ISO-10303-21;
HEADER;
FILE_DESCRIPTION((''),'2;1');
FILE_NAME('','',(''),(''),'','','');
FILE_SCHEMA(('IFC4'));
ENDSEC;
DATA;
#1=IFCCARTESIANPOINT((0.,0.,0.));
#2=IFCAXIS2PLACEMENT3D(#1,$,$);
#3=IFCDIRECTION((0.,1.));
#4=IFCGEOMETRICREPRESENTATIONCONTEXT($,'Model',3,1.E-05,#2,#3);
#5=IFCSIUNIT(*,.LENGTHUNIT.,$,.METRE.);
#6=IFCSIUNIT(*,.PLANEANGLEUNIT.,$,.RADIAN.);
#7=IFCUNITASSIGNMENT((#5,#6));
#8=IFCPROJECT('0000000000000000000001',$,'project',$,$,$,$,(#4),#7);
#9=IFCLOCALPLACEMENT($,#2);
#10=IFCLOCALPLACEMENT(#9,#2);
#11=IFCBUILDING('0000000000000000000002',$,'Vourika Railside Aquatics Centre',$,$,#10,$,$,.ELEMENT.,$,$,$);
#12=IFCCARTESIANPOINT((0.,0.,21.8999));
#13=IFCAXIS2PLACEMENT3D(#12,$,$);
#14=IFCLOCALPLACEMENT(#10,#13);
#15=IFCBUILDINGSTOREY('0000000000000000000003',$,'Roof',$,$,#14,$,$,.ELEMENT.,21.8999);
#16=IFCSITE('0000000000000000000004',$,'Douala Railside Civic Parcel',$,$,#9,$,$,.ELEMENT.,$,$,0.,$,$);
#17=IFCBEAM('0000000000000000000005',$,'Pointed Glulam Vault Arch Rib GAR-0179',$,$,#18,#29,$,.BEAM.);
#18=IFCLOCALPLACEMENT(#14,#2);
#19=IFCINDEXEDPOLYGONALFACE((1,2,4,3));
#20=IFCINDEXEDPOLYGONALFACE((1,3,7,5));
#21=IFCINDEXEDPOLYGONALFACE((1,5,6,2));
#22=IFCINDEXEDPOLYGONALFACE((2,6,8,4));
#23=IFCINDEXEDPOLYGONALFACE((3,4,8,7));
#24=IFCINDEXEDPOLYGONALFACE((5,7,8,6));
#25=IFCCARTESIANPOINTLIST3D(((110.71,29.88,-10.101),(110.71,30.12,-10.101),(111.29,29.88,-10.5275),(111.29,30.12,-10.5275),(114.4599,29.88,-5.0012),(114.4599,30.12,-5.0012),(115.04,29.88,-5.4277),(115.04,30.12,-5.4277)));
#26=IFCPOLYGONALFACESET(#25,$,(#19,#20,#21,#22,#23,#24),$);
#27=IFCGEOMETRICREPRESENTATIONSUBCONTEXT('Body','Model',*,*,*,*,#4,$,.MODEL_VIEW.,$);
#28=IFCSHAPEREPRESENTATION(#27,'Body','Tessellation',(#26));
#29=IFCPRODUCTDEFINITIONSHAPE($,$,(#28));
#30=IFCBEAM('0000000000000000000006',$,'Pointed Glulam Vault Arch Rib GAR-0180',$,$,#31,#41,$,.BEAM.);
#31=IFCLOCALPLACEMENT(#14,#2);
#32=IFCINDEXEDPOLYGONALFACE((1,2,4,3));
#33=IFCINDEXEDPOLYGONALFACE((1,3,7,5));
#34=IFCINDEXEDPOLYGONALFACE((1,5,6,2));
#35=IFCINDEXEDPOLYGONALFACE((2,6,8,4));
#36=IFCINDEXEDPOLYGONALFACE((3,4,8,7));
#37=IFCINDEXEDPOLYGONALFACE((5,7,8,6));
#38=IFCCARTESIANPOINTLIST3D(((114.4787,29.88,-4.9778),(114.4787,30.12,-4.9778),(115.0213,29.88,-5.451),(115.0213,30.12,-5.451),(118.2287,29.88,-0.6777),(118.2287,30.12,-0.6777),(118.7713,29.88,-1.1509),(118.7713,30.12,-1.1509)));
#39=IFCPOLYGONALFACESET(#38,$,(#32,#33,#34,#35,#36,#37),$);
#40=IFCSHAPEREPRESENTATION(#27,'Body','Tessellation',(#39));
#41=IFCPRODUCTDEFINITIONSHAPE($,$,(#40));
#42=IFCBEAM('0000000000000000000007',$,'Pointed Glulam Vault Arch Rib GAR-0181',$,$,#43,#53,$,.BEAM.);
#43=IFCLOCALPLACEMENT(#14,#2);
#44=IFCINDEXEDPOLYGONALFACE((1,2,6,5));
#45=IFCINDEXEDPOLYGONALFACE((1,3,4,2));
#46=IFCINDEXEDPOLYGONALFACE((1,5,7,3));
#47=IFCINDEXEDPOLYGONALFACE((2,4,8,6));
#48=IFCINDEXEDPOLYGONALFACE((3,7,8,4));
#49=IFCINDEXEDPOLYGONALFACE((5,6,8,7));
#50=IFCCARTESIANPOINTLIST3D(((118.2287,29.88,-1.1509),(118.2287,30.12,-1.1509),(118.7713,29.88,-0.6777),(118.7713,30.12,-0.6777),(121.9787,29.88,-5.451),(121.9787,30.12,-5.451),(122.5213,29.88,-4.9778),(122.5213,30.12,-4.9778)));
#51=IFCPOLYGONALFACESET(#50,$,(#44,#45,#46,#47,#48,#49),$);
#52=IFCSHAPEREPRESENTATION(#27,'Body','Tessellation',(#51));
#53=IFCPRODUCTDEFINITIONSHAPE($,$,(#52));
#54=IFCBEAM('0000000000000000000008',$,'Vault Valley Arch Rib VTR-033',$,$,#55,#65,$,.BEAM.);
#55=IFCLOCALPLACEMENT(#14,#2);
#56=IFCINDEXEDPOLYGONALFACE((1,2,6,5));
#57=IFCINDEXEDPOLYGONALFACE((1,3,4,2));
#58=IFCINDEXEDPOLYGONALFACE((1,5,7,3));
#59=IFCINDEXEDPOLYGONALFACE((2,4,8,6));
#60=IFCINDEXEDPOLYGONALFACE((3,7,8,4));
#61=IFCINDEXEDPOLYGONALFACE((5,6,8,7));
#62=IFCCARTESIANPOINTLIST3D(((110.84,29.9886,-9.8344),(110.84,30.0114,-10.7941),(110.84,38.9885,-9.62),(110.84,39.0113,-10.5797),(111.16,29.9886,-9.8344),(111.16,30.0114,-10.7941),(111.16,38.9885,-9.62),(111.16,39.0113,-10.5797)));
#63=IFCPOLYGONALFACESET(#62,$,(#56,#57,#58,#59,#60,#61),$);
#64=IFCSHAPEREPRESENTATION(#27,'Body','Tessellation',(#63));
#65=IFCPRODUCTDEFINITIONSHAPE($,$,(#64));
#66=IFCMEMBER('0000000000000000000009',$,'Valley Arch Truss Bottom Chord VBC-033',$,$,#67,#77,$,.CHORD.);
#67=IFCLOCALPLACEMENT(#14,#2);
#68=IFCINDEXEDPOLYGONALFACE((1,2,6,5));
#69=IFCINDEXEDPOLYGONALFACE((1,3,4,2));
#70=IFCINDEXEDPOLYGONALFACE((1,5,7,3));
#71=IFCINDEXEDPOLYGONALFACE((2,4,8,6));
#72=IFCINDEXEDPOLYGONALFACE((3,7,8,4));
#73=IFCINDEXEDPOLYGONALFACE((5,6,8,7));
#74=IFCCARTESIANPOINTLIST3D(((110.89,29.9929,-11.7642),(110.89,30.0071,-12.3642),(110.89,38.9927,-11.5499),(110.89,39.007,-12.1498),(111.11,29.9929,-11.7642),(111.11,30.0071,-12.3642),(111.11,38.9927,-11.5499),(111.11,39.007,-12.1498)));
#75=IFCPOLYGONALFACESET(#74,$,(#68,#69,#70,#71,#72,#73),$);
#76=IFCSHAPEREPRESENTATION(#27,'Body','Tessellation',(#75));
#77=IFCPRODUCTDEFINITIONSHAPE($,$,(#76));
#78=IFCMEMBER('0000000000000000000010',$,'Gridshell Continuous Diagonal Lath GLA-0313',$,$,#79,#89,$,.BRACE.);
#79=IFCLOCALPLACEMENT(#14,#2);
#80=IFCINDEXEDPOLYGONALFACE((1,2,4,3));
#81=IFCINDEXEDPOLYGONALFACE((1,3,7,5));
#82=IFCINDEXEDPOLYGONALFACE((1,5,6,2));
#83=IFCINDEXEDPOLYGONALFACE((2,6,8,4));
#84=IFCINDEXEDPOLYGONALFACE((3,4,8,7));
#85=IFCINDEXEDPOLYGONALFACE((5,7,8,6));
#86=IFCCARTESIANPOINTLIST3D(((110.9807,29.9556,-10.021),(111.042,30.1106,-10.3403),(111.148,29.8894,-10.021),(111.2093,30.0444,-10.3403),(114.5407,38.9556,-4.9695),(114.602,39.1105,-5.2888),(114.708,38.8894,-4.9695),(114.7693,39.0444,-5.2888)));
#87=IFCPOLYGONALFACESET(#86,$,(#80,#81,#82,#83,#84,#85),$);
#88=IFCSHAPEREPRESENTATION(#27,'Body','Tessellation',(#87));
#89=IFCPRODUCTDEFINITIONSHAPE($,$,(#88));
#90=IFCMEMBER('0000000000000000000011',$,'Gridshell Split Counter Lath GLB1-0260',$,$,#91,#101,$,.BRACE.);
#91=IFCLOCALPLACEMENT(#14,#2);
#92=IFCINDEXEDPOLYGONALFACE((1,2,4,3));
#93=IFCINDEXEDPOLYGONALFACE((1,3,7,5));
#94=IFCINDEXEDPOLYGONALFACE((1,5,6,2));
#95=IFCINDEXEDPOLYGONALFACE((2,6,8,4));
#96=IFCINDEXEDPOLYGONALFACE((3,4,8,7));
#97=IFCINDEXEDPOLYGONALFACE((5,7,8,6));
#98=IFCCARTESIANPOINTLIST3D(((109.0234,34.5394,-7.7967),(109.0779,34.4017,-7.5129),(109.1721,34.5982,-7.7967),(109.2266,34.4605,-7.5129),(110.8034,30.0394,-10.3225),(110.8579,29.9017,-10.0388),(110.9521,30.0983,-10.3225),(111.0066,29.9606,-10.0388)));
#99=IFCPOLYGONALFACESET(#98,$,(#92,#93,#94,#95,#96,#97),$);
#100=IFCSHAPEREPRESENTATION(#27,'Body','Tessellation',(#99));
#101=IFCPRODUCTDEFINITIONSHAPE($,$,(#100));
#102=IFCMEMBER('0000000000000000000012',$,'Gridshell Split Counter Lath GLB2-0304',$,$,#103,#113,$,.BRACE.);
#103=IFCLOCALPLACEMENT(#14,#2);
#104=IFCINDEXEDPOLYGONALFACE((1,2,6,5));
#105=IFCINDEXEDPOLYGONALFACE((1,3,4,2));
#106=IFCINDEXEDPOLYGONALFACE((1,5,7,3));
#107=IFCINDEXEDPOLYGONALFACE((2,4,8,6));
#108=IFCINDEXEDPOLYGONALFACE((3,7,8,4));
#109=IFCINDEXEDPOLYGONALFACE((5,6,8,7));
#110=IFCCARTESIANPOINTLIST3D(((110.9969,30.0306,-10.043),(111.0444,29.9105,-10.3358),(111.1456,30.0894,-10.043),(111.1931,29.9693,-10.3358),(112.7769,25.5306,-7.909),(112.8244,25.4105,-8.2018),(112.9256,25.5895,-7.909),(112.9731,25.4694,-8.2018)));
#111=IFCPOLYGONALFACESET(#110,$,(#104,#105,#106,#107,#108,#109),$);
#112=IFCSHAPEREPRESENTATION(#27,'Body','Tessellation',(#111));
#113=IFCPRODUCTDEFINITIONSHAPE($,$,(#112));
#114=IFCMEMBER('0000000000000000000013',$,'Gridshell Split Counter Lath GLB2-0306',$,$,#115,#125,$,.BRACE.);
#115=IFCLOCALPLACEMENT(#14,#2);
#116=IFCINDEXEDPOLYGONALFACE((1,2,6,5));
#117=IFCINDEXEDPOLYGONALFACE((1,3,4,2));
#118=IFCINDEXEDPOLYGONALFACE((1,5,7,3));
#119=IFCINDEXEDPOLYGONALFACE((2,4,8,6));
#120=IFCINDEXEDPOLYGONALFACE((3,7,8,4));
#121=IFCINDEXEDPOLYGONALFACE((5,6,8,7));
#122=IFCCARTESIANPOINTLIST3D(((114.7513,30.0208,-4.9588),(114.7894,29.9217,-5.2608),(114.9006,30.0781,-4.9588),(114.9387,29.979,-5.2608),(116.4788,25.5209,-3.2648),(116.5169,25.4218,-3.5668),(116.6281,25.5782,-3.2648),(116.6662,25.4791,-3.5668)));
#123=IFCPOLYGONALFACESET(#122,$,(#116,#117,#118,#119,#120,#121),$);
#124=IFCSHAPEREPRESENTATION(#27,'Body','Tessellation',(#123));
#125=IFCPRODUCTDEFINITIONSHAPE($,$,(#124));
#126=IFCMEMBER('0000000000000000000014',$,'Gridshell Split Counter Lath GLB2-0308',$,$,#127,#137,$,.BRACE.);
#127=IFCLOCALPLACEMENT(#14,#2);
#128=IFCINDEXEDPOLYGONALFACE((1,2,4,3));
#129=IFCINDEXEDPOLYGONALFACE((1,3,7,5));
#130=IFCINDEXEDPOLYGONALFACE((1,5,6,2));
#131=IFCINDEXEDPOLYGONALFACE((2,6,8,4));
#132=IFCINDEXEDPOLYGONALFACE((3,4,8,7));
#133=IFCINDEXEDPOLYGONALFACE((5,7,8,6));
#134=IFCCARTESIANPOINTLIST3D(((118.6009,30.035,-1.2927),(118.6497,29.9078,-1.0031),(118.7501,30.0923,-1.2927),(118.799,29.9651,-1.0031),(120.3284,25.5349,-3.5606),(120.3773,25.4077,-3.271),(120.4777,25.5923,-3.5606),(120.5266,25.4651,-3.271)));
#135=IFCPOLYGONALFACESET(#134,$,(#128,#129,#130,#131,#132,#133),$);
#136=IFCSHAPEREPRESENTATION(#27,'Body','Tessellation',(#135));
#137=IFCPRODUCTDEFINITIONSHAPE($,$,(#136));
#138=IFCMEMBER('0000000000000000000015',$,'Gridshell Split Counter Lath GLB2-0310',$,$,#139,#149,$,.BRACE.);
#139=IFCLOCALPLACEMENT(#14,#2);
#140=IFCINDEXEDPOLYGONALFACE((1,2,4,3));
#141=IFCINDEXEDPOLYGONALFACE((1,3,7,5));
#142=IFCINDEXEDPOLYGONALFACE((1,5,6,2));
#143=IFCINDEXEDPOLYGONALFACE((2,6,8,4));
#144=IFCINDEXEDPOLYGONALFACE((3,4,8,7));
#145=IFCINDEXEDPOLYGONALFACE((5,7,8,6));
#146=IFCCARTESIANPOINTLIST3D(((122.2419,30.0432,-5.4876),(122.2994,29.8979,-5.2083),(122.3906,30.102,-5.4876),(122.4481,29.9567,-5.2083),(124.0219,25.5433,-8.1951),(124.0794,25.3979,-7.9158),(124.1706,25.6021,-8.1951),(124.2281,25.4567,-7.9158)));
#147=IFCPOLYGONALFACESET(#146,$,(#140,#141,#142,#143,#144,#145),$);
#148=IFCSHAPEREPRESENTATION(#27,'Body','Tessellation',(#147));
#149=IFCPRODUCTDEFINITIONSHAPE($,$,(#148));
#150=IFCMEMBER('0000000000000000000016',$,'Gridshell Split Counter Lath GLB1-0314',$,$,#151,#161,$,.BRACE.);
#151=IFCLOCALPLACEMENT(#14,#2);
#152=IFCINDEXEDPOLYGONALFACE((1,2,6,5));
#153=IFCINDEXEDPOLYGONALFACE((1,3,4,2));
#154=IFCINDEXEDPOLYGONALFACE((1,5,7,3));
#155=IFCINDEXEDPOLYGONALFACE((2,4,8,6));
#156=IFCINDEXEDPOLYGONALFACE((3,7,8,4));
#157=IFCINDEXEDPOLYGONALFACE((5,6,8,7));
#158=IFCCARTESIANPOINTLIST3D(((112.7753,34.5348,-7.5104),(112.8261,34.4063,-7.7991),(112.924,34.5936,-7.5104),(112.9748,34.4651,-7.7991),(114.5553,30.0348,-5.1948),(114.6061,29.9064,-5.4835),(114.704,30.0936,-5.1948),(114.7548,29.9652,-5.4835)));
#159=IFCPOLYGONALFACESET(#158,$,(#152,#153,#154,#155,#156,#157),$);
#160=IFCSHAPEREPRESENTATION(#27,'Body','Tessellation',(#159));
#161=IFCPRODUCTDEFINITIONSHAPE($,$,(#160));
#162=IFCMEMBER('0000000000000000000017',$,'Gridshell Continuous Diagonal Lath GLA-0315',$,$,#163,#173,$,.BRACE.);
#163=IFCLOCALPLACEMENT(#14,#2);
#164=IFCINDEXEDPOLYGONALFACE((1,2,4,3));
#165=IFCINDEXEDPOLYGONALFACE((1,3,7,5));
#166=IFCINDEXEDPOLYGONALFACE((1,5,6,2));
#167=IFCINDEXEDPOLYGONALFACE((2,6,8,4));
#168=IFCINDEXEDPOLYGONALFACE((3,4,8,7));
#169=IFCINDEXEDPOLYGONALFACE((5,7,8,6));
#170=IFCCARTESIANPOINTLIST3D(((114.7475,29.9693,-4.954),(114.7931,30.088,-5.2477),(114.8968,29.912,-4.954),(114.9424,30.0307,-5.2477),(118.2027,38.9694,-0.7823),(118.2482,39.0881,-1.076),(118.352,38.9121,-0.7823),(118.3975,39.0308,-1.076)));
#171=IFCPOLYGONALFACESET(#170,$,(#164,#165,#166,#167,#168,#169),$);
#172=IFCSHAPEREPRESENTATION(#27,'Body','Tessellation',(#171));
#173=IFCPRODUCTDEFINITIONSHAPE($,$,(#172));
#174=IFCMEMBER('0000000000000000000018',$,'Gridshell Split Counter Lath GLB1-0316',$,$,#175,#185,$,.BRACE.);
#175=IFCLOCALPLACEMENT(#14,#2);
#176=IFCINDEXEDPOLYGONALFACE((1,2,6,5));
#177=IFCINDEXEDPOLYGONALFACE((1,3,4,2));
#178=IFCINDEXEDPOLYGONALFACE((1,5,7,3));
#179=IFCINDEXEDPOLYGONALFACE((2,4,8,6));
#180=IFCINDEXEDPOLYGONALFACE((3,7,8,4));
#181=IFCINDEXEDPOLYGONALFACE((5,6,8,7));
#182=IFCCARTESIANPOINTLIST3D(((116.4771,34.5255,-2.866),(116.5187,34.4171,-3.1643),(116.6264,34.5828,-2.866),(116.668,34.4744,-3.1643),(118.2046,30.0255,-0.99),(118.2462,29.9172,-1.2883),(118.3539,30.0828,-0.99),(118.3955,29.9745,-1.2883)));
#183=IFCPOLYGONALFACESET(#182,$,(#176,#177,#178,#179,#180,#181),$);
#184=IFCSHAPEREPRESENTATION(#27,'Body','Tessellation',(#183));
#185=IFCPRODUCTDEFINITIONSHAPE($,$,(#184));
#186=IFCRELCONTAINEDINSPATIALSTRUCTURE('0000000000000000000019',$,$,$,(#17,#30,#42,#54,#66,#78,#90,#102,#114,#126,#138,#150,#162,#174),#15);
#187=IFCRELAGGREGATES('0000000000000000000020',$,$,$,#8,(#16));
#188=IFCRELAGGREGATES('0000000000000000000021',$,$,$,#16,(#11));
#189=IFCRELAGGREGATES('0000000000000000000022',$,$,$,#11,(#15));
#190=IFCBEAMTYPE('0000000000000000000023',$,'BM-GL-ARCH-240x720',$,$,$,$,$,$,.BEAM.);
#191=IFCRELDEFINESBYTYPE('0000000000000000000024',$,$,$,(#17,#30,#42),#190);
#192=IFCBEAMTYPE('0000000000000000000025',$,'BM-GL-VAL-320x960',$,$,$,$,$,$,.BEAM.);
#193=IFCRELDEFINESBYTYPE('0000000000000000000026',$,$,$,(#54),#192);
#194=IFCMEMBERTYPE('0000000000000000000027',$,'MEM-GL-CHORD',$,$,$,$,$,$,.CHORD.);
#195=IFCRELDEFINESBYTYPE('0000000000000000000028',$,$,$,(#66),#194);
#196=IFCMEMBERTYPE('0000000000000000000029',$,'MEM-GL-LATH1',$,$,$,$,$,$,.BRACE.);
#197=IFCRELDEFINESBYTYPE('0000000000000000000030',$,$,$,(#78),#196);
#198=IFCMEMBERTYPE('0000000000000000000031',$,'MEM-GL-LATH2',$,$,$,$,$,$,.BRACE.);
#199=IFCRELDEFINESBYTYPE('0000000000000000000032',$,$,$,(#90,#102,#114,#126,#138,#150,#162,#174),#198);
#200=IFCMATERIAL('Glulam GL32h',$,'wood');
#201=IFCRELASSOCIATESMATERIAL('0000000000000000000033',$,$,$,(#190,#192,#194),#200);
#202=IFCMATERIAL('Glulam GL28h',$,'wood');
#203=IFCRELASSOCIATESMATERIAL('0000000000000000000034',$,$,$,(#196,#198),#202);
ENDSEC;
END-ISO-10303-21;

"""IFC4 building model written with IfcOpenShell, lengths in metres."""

from ifc_helpers import new_model, si_unit, direction, frame, origin, origin_2d, place, context, subcontext, project, spatial, rectangle, extrude, material, material_profile, profile_set, type_object, element, save


model = new_model("IFC4")

# Units and contexts
model_context = context("Model", 3, precision=1e-05, world=origin(), true_north=direction((0.0, 1.0)))
body_context = subcontext(model_context, "Body", "Model", "MODEL_VIEW")
ifc_project = project(units=[si_unit("LENGTHUNIT", "METRE"), si_unit("PLANEANGLEUNIT", "RADIAN")], contexts=[model_context])

# Site, building, storey
site_placement = place(None, origin())
site = spatial("IfcSite", under=ifc_project, at=site_placement, Name="Douala Railside Civic Parcel", CompositionType="ELEMENT", RefElevation=0.0)
building_placement = place(site_placement, origin())
building = spatial("IfcBuilding", under=site, at=building_placement, Name="Vourika Railside Aquatics Centre", CompositionType="ELEMENT")
storey_placement = place(building_placement, frame((0.0, 0.0, 21.8999)))
storey = spatial("IfcBuildingStorey", under=building, at=storey_placement, Name="Roof", CompositionType="ELEMENT", Elevation=21.8999)

# Beams
ifc_material_1 = material(Name="Glulam GL32h", Category="wood")
ifc_material_profile_1 = material_profile(ifc_material_1, rectangle(XDim=0.24, YDim=0.72, at=origin_2d()), Name="GL32h 240x720")
ifc_profile_set_1 = profile_set([ifc_material_profile_1], Name="Glulam GL32h")
beam_type_1 = type_object("IfcBeamType", Name="BM-GL-ARCH-240x720", PredefinedType="BEAM", material=ifc_profile_set_1)
beam_1_placement = place(storey_placement, frame((111.0, 30.0, -10.3142), z_axis=(0.592401, 0.0, 0.805643), x_axis=(0.0, 1.0, 0.0)))
element("IfcBeam", 1, at=beam_1_placement, inside=storey, type_object=beam_type_1, Name="Pointed Glulam Vault Arch Rib GAR-0179", PredefinedType="BEAM", context=body_context, shape_type="SweptSolid", body=[
    extrude(rectangle(XDim=0.24, YDim=0.72, at=origin_2d()), origin(), (0.0, 0.0, 1.0), 6.3301),
])
for number, where, z_axis, x_axis, name in (
    (2, (114.75, 30.0, -5.2144), (0.657259, 0.0, 0.753665), (0.0, 1.0, 0.0), "Pointed Glulam Vault Arch Rib GAR-0180"),
    (3, (118.5, 30.0, -0.9143), (0.657259, 0.0, -0.753665), (0.0, 1.0, 0.0), "Pointed Glulam Vault Arch Rib GAR-0181"),
):
    element("IfcBeam", number, at=place(storey_placement, frame(where, z_axis=z_axis, x_axis=x_axis)), inside=storey, type_object=beam_type_1, Name=name, PredefinedType="BEAM", context=body_context, shape_type="SweptSolid", body=[
        extrude(rectangle(XDim=0.24, YDim=0.72, at=origin_2d()), origin(), (0.0, 0.0, 1.0), 5.7056),
    ])
ifc_material_profile_2 = material_profile(ifc_material_1, rectangle(XDim=0.3201, YDim=0.96, at=origin_2d()), Name="GL32h 320x960")
ifc_profile_set_2 = profile_set([ifc_material_profile_2], Name="Glulam GL32h")
beam_type_2 = type_object("IfcBeamType", Name="BM-GL-VAL-320x960", PredefinedType="BEAM", material=ifc_profile_set_2)
beam_2_placement = place(storey_placement, frame((111.0, 30.0, -10.3142), z_axis=(0.0, 0.999716, 0.023811), x_axis=(-1.0, 0.0, 0.0)))
element("IfcBeam", 4, at=beam_2_placement, inside=storey, type_object=beam_type_2, Name="Vault Valley Arch Rib VTR-033", PredefinedType="BEAM", context=body_context, shape_type="SweptSolid", body=[
    extrude(rectangle(XDim=0.3201, YDim=0.96, at=origin_2d()), origin(), (0.0, 0.0, 1.0), 9.0024),
])

# Members
ifc_material_profile_3 = material_profile(ifc_material_1, rectangle(XDim=0.22, YDim=0.6001, at=origin_2d()), Name="GL32h 220x600")
ifc_profile_set_3 = profile_set([ifc_material_profile_3], Name="Glulam GL32h")
member_type_1 = type_object("IfcMemberType", Name="MEM-GL-CHORD", PredefinedType="CHORD", material=ifc_profile_set_3)
member_1_placement = place(storey_placement, frame((111.0, 30.0, -12.0642), z_axis=(0.0, 0.999716, 0.023811), x_axis=(-1.0, 0.0, 0.0)))
element("IfcMember", 5, at=member_1_placement, inside=storey, type_object=member_type_1, Name="Valley Arch Truss Bottom Chord VBC-033", PredefinedType="CHORD", context=body_context, shape_type="SweptSolid", body=[
    extrude(rectangle(XDim=0.22, YDim=0.6001, at=origin_2d()), origin(), (0.0, 0.0, 1.0), 9.0024),
])
ifc_material_2 = material(Name="Glulam GL28h", Category="wood")
ifc_material_profile_4 = material_profile(ifc_material_2, rectangle(XDim=0.1799, YDim=0.3601, at=origin_2d()), Name="GL28h 180x360")
ifc_profile_set_4 = profile_set([ifc_material_profile_4], Name="Glulam GL28h")
member_type_2 = type_object("IfcMemberType", Name="MEM-GL-LATH1", PredefinedType="BRACE", material=ifc_profile_set_4)
member_2_placement = place(storey_placement, frame((111.095, 30.0, -10.1807), z_axis=(0.326087, 0.824365, 0.462699), x_axis=(-0.929893, 0.36783, 0.0)))
element("IfcMember", 6, at=member_2_placement, inside=storey, type_object=member_type_2, Name="Gridshell Continuous Diagonal Lath GLA-0313", PredefinedType="BRACE", context=body_context, shape_type="SweptSolid", body=[
    extrude(rectangle(XDim=0.1799, YDim=0.3601, at=origin_2d()), origin(), (0.0, 0.0, 1.0), 10.9175),
])
ifc_material_profile_5 = material_profile(ifc_material_2, rectangle(XDim=0.1599, YDim=0.3201, at=origin_2d()), Name="GL28h 160x320")
ifc_profile_set_5 = profile_set([ifc_material_profile_5], Name="Glulam GL28h")
member_type_3 = type_object("IfcMemberType", Name="MEM-GL-LATH2", PredefinedType="BRACE", material=ifc_profile_set_5)
member_3_placement = place(storey_placement, frame((110.905, 30.0, -10.1807), z_axis=(-0.326084, 0.824356, 0.462716), x_axis=(-0.929893, -0.36783, 0.0)))
element("IfcMember", 7, at=member_3_placement, inside=storey, type_object=member_type_3, Name="Gridshell Split Counter Lath GLB1-0260", PredefinedType="BRACE", context=body_context, shape_type="SweptSolid", body=[
    extrude(rectangle(XDim=0.1599, YDim=0.3201, at=origin_2d()), origin(), (0.0, 0.0, 1.0), 5.4587),
])
member_4_placement = place(storey_placement, frame((112.875, 25.5, -8.0554), z_axis=(-0.336559, 0.850836, -0.403492), x_axis=(-0.929893, -0.36783, 0.0)))
element("IfcMember", 8, at=member_4_placement, inside=storey, type_object=member_type_3, Name="Gridshell Split Counter Lath GLB2-0304", PredefinedType="BRACE", context=body_context, shape_type="SweptSolid", body=[
    extrude(rectangle(XDim=0.1599, YDim=0.3201, at=origin_2d()), origin(), (0.0, 0.0, 1.0), 5.2888),
])
member_5_placement = place(storey_placement, frame((116.5725, 25.5, -3.4158), z_axis=(-0.338121, 0.880757, -0.331574), x_axis=(-0.93357, -0.358395, 0.0)))
element("IfcMember", 9, at=member_5_placement, inside=storey, type_object=member_type_3, Name="Gridshell Split Counter Lath GLB2-0306", PredefinedType="BRACE", context=body_context, shape_type="SweptSolid", body=[
    extrude(rectangle(XDim=0.1599, YDim=0.3201, at=origin_2d()), origin(), (0.0, 0.0, 1.0), 5.1091),
])
member_6_placement = place(storey_placement, frame((120.4275, 25.5, -3.4158), z_axis=(-0.324296, 0.844746, 0.425719), x_axis=(-0.93357, -0.358395, 0.0)))
element("IfcMember", 10, at=member_6_placement, inside=storey, type_object=member_type_3, Name="Gridshell Split Counter Lath GLB2-0308", PredefinedType="BRACE", context=body_context, shape_type="SweptSolid", body=[
    extrude(rectangle(XDim=0.1599, YDim=0.3201, at=origin_2d()), origin(), (0.0, 0.0, 1.0), 5.3271),
])
member_7_placement = place(storey_placement, frame((124.125, 25.5, -8.0554), z_axis=(-0.321004, 0.811514, 0.488264), x_axis=(-0.929893, -0.36783, 0.0)))
element("IfcMember", 11, at=member_7_placement, inside=storey, type_object=member_type_3, Name="Gridshell Split Counter Lath GLB2-0310", PredefinedType="BRACE", context=body_context, shape_type="SweptSolid", body=[
    extrude(rectangle(XDim=0.1599, YDim=0.3201, at=origin_2d()), origin(), (0.0, 0.0, 1.0), 5.5452),
])
member_8_placement = place(storey_placement, frame((114.655, 30.0, -5.3391), z_axis=(-0.331799, 0.838804, -0.431644), x_axis=(-0.929893, -0.36783, 0.0)))
element("IfcMember", 12, at=member_8_placement, inside=storey, type_object=member_type_3, Name="Gridshell Split Counter Lath GLB1-0314", PredefinedType="BRACE", context=body_context, shape_type="SweptSolid", body=[
    extrude(rectangle(XDim=0.1599, YDim=0.3201, at=origin_2d()), origin(), (0.0, 0.0, 1.0), 5.3647),
])
member_9_placement = place(storey_placement, frame((114.845, 30.0, -5.1008), z_axis=(0.328921, 0.856793, 0.397136), x_axis=(-0.93357, 0.358395, 0.0)))
element("IfcMember", 13, at=member_9_placement, inside=storey, type_object=member_type_3, Name="Gridshell Continuous Diagonal Lath GLA-0315", PredefinedType="BRACE", context=body_context, shape_type="SweptSolid", body=[
    extrude(rectangle(XDim=0.1599, YDim=0.3201, at=origin_2d()), origin(), (0.0, 0.0, 1.0), 10.5044),
])
member_10_placement = place(storey_placement, frame((118.3, 30.0, -1.1392), z_axis=(-0.333992, 0.870003, -0.36269), x_axis=(-0.93357, -0.358395, 0.0)))
element("IfcMember", 14, at=member_10_placement, inside=storey, type_object=member_type_3, Name="Gridshell Split Counter Lath GLB1-0316", PredefinedType="BRACE", context=body_context, shape_type="SweptSolid", body=[
    extrude(rectangle(XDim=0.1599, YDim=0.3201, at=origin_2d()), origin(), (0.0, 0.0, 1.0), 5.1724),
])

save(model, "model.ifc")
